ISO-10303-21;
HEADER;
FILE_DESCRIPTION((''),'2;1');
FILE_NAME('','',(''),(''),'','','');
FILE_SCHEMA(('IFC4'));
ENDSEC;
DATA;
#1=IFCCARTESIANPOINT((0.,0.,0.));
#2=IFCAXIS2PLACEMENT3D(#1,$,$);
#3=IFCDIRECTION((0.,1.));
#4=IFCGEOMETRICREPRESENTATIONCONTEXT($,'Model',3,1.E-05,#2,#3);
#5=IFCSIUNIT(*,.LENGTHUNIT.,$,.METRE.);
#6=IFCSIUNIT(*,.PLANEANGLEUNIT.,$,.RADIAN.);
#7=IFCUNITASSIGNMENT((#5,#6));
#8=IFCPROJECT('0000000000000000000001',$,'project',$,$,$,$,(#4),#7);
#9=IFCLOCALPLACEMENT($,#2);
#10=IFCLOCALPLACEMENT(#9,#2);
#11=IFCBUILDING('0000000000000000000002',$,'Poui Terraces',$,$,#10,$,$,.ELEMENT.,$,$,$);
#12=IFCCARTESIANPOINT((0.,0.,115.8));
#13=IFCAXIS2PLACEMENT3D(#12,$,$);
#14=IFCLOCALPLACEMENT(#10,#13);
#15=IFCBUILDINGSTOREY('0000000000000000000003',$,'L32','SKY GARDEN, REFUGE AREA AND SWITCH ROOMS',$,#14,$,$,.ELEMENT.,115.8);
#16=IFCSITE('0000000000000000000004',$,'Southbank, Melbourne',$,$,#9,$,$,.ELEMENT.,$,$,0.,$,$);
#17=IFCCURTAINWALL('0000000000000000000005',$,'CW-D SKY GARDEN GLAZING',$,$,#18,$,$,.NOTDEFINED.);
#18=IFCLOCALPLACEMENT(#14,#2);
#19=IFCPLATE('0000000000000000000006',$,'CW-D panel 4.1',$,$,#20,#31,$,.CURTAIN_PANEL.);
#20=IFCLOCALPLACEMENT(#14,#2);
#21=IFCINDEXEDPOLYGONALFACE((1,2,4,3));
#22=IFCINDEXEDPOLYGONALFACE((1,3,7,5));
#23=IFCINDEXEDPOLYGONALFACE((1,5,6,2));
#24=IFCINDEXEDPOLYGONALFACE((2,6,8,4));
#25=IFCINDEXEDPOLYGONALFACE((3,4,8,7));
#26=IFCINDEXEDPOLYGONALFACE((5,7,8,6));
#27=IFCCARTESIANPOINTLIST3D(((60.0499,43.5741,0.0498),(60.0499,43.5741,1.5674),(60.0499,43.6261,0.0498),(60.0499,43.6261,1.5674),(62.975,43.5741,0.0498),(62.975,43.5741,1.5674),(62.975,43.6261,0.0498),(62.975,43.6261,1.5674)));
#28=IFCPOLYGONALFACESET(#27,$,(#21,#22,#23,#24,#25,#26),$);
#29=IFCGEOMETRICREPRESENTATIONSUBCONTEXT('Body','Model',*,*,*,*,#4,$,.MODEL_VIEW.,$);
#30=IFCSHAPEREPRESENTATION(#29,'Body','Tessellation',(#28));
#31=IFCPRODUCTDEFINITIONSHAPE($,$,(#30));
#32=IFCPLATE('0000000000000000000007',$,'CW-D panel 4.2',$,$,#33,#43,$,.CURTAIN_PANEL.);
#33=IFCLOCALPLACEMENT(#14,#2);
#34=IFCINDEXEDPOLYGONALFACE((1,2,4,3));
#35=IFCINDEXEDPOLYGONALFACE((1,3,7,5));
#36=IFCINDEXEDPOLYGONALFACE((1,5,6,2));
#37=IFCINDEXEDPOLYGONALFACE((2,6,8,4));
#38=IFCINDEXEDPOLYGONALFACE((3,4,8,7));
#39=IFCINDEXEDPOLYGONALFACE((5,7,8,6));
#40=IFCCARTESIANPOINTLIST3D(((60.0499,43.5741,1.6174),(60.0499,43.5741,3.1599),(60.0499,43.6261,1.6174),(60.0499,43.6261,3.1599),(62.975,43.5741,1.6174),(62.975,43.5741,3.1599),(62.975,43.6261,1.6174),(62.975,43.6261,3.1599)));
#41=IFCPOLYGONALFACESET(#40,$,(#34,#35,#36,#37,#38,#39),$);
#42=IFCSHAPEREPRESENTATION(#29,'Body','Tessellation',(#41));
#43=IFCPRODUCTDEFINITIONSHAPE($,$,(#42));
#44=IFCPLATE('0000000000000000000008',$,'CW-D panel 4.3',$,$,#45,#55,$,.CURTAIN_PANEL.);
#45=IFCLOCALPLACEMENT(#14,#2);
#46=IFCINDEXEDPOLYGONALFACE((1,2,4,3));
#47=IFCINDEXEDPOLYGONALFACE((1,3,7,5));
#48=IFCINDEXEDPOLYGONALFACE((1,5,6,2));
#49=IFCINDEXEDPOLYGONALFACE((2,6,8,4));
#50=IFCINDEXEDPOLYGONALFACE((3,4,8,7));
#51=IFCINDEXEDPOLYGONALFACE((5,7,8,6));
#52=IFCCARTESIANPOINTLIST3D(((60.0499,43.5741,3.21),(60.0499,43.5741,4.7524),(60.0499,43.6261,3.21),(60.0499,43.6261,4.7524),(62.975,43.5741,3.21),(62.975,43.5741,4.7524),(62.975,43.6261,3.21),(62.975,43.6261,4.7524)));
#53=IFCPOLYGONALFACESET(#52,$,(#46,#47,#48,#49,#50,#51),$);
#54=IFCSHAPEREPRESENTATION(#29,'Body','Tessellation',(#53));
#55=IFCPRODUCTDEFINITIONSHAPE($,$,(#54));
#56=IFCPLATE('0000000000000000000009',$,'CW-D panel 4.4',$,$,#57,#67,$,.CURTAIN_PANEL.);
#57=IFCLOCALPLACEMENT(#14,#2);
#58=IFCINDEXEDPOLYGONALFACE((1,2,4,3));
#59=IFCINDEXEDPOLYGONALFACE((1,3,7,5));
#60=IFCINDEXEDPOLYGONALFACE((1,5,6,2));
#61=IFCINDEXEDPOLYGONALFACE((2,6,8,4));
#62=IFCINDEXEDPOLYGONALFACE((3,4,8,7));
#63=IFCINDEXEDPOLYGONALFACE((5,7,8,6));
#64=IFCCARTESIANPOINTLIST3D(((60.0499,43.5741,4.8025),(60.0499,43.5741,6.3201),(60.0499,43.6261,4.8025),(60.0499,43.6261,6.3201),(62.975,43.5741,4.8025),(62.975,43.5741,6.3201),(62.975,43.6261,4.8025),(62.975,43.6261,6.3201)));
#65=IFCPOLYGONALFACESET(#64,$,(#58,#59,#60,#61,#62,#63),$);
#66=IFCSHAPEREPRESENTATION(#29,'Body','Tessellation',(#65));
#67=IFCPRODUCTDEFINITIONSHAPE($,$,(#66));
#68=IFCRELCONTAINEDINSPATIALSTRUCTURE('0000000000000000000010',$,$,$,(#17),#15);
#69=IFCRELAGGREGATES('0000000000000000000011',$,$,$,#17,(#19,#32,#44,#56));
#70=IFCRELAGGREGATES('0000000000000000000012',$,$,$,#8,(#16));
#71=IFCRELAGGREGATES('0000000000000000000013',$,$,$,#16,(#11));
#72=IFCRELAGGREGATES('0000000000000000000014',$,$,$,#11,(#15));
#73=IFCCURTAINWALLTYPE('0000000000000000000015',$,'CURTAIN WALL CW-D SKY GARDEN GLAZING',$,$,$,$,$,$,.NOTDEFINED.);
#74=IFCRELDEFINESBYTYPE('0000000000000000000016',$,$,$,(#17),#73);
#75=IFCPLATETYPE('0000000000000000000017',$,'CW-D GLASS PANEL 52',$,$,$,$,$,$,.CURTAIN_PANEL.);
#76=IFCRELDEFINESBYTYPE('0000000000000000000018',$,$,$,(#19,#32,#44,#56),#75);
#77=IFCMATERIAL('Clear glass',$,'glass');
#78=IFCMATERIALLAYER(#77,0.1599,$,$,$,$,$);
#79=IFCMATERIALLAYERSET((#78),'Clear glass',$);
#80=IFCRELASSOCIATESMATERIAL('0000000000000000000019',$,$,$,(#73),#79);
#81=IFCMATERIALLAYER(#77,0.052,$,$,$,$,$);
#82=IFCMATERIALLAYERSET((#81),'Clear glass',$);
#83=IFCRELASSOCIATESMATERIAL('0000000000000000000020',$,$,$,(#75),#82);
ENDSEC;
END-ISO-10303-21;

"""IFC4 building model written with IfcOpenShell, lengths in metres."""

from ifc_helpers import new_model, si_unit, direction, frame, origin, origin_2d, place, context, subcontext, project, spatial, rectangle, extrude, material, layer, layer_set, type_object, element, aggregate, save


model = new_model("IFC4")

# Units and contexts
model_context = context("Model", 3, precision=1e-05, world=origin(), true_north=direction((0.0, 1.0)))
body_context = subcontext(model_context, "Body", "Model", "MODEL_VIEW")
ifc_project = project(units=[si_unit("LENGTHUNIT", "METRE"), si_unit("PLANEANGLEUNIT", "RADIAN")], contexts=[model_context])

# Site, building, storey
site_placement = place(None, origin())
site = spatial("IfcSite", under=ifc_project, at=site_placement, Name="Southbank, Melbourne", CompositionType="ELEMENT", RefElevation=0.0)
building_placement = place(site_placement, origin())
building = spatial("IfcBuilding", under=site, at=building_placement, Name="Poui Terraces", CompositionType="ELEMENT")
storey_placement = place(building_placement, frame((0.0, 0.0, 115.8)))
storey = spatial("IfcBuildingStorey", under=building, at=storey_placement, Name="L32", Description="SKY GARDEN, REFUGE AREA AND SWITCH ROOMS", CompositionType="ELEMENT", Elevation=115.8)

# Shared definitions
ifc_material_1 = material(Name="Clear glass", Category="glass")
ifc_layer_1 = layer(ifc_material_1, 0.1599)
ifc_layer_set_1 = layer_set([ifc_layer_1], Name="Clear glass")
curtain_wall_type = type_object("IfcCurtainWallType", Name="CURTAIN WALL CW-D SKY GARDEN GLAZING", PredefinedType="NOTDEFINED", material=ifc_layer_set_1)

# Curtain wall
curtain_wall_1_placement = place(storey_placement, origin())
curtain_wall_1 = element("IfcCurtainWall", 1, at=curtain_wall_1_placement, inside=storey, type_object=curtain_wall_type, Name="CW-D SKY GARDEN GLAZING", PredefinedType="NOTDEFINED")

# Plates
ifc_layer_2 = layer(ifc_material_1, 0.052)
ifc_layer_set_2 = layer_set([ifc_layer_2], Name="Clear glass")
plate_type = type_object("IfcPlateType", Name="CW-D GLASS PANEL 52", PredefinedType="CURTAIN_PANEL", material=ifc_layer_set_2)
plate_1_placement = place(storey_placement, frame((61.5125, 43.6001, 0.0498), z_axis=(0.0, 0.0, 1.0), x_axis=(-1.0, 0.0, 0.0)))
plate_1 = element("IfcPlate", 2, at=plate_1_placement, type_object=plate_type, Name="CW-D panel 4.1", PredefinedType="CURTAIN_PANEL", context=body_context, shape_type="SweptSolid", body=[
    extrude(rectangle(XDim=2.925, YDim=0.052, at=origin_2d()), origin(), (0.0, 0.0, 1.0), 1.5176),
])
plate_2_placement = place(storey_placement, frame((61.5125, 43.6001, 1.6174), z_axis=(0.0, 0.0, 1.0), x_axis=(-1.0, 0.0, 0.0)))
plate_2 = element("IfcPlate", 3, at=plate_2_placement, type_object=plate_type, Name="CW-D panel 4.2", PredefinedType="CURTAIN_PANEL", context=body_context, shape_type="SweptSolid", body=[
    extrude(rectangle(XDim=2.925, YDim=0.052, at=origin_2d()), origin(), (0.0, 0.0, 1.0), 1.5425),
])
plate_3_placement = place(storey_placement, frame((61.5125, 43.6001, 3.21), z_axis=(0.0, 0.0, 1.0), x_axis=(-1.0, 0.0, 0.0)))
plate_3 = element("IfcPlate", 4, at=plate_3_placement, type_object=plate_type, Name="CW-D panel 4.3", PredefinedType="CURTAIN_PANEL", context=body_context, shape_type="SweptSolid", body=[
    extrude(rectangle(XDim=2.925, YDim=0.052, at=origin_2d()), origin(), (0.0, 0.0, 1.0), 1.5425),
])
plate_4_placement = place(storey_placement, frame((61.5125, 43.6001, 4.8025), z_axis=(0.0, 0.0, 1.0), x_axis=(-1.0, 0.0, 0.0)))
plate_4 = element("IfcPlate", 5, at=plate_4_placement, type_object=plate_type, Name="CW-D panel 4.4", PredefinedType="CURTAIN_PANEL", context=body_context, shape_type="SweptSolid", body=[
    extrude(rectangle(XDim=2.925, YDim=0.052, at=origin_2d()), origin(), (0.0, 0.0, 1.0), 1.5176),
])
aggregate(curtain_wall_1, [plate_1, plate_2, plate_3, plate_4])

save(model, "model.ifc")
